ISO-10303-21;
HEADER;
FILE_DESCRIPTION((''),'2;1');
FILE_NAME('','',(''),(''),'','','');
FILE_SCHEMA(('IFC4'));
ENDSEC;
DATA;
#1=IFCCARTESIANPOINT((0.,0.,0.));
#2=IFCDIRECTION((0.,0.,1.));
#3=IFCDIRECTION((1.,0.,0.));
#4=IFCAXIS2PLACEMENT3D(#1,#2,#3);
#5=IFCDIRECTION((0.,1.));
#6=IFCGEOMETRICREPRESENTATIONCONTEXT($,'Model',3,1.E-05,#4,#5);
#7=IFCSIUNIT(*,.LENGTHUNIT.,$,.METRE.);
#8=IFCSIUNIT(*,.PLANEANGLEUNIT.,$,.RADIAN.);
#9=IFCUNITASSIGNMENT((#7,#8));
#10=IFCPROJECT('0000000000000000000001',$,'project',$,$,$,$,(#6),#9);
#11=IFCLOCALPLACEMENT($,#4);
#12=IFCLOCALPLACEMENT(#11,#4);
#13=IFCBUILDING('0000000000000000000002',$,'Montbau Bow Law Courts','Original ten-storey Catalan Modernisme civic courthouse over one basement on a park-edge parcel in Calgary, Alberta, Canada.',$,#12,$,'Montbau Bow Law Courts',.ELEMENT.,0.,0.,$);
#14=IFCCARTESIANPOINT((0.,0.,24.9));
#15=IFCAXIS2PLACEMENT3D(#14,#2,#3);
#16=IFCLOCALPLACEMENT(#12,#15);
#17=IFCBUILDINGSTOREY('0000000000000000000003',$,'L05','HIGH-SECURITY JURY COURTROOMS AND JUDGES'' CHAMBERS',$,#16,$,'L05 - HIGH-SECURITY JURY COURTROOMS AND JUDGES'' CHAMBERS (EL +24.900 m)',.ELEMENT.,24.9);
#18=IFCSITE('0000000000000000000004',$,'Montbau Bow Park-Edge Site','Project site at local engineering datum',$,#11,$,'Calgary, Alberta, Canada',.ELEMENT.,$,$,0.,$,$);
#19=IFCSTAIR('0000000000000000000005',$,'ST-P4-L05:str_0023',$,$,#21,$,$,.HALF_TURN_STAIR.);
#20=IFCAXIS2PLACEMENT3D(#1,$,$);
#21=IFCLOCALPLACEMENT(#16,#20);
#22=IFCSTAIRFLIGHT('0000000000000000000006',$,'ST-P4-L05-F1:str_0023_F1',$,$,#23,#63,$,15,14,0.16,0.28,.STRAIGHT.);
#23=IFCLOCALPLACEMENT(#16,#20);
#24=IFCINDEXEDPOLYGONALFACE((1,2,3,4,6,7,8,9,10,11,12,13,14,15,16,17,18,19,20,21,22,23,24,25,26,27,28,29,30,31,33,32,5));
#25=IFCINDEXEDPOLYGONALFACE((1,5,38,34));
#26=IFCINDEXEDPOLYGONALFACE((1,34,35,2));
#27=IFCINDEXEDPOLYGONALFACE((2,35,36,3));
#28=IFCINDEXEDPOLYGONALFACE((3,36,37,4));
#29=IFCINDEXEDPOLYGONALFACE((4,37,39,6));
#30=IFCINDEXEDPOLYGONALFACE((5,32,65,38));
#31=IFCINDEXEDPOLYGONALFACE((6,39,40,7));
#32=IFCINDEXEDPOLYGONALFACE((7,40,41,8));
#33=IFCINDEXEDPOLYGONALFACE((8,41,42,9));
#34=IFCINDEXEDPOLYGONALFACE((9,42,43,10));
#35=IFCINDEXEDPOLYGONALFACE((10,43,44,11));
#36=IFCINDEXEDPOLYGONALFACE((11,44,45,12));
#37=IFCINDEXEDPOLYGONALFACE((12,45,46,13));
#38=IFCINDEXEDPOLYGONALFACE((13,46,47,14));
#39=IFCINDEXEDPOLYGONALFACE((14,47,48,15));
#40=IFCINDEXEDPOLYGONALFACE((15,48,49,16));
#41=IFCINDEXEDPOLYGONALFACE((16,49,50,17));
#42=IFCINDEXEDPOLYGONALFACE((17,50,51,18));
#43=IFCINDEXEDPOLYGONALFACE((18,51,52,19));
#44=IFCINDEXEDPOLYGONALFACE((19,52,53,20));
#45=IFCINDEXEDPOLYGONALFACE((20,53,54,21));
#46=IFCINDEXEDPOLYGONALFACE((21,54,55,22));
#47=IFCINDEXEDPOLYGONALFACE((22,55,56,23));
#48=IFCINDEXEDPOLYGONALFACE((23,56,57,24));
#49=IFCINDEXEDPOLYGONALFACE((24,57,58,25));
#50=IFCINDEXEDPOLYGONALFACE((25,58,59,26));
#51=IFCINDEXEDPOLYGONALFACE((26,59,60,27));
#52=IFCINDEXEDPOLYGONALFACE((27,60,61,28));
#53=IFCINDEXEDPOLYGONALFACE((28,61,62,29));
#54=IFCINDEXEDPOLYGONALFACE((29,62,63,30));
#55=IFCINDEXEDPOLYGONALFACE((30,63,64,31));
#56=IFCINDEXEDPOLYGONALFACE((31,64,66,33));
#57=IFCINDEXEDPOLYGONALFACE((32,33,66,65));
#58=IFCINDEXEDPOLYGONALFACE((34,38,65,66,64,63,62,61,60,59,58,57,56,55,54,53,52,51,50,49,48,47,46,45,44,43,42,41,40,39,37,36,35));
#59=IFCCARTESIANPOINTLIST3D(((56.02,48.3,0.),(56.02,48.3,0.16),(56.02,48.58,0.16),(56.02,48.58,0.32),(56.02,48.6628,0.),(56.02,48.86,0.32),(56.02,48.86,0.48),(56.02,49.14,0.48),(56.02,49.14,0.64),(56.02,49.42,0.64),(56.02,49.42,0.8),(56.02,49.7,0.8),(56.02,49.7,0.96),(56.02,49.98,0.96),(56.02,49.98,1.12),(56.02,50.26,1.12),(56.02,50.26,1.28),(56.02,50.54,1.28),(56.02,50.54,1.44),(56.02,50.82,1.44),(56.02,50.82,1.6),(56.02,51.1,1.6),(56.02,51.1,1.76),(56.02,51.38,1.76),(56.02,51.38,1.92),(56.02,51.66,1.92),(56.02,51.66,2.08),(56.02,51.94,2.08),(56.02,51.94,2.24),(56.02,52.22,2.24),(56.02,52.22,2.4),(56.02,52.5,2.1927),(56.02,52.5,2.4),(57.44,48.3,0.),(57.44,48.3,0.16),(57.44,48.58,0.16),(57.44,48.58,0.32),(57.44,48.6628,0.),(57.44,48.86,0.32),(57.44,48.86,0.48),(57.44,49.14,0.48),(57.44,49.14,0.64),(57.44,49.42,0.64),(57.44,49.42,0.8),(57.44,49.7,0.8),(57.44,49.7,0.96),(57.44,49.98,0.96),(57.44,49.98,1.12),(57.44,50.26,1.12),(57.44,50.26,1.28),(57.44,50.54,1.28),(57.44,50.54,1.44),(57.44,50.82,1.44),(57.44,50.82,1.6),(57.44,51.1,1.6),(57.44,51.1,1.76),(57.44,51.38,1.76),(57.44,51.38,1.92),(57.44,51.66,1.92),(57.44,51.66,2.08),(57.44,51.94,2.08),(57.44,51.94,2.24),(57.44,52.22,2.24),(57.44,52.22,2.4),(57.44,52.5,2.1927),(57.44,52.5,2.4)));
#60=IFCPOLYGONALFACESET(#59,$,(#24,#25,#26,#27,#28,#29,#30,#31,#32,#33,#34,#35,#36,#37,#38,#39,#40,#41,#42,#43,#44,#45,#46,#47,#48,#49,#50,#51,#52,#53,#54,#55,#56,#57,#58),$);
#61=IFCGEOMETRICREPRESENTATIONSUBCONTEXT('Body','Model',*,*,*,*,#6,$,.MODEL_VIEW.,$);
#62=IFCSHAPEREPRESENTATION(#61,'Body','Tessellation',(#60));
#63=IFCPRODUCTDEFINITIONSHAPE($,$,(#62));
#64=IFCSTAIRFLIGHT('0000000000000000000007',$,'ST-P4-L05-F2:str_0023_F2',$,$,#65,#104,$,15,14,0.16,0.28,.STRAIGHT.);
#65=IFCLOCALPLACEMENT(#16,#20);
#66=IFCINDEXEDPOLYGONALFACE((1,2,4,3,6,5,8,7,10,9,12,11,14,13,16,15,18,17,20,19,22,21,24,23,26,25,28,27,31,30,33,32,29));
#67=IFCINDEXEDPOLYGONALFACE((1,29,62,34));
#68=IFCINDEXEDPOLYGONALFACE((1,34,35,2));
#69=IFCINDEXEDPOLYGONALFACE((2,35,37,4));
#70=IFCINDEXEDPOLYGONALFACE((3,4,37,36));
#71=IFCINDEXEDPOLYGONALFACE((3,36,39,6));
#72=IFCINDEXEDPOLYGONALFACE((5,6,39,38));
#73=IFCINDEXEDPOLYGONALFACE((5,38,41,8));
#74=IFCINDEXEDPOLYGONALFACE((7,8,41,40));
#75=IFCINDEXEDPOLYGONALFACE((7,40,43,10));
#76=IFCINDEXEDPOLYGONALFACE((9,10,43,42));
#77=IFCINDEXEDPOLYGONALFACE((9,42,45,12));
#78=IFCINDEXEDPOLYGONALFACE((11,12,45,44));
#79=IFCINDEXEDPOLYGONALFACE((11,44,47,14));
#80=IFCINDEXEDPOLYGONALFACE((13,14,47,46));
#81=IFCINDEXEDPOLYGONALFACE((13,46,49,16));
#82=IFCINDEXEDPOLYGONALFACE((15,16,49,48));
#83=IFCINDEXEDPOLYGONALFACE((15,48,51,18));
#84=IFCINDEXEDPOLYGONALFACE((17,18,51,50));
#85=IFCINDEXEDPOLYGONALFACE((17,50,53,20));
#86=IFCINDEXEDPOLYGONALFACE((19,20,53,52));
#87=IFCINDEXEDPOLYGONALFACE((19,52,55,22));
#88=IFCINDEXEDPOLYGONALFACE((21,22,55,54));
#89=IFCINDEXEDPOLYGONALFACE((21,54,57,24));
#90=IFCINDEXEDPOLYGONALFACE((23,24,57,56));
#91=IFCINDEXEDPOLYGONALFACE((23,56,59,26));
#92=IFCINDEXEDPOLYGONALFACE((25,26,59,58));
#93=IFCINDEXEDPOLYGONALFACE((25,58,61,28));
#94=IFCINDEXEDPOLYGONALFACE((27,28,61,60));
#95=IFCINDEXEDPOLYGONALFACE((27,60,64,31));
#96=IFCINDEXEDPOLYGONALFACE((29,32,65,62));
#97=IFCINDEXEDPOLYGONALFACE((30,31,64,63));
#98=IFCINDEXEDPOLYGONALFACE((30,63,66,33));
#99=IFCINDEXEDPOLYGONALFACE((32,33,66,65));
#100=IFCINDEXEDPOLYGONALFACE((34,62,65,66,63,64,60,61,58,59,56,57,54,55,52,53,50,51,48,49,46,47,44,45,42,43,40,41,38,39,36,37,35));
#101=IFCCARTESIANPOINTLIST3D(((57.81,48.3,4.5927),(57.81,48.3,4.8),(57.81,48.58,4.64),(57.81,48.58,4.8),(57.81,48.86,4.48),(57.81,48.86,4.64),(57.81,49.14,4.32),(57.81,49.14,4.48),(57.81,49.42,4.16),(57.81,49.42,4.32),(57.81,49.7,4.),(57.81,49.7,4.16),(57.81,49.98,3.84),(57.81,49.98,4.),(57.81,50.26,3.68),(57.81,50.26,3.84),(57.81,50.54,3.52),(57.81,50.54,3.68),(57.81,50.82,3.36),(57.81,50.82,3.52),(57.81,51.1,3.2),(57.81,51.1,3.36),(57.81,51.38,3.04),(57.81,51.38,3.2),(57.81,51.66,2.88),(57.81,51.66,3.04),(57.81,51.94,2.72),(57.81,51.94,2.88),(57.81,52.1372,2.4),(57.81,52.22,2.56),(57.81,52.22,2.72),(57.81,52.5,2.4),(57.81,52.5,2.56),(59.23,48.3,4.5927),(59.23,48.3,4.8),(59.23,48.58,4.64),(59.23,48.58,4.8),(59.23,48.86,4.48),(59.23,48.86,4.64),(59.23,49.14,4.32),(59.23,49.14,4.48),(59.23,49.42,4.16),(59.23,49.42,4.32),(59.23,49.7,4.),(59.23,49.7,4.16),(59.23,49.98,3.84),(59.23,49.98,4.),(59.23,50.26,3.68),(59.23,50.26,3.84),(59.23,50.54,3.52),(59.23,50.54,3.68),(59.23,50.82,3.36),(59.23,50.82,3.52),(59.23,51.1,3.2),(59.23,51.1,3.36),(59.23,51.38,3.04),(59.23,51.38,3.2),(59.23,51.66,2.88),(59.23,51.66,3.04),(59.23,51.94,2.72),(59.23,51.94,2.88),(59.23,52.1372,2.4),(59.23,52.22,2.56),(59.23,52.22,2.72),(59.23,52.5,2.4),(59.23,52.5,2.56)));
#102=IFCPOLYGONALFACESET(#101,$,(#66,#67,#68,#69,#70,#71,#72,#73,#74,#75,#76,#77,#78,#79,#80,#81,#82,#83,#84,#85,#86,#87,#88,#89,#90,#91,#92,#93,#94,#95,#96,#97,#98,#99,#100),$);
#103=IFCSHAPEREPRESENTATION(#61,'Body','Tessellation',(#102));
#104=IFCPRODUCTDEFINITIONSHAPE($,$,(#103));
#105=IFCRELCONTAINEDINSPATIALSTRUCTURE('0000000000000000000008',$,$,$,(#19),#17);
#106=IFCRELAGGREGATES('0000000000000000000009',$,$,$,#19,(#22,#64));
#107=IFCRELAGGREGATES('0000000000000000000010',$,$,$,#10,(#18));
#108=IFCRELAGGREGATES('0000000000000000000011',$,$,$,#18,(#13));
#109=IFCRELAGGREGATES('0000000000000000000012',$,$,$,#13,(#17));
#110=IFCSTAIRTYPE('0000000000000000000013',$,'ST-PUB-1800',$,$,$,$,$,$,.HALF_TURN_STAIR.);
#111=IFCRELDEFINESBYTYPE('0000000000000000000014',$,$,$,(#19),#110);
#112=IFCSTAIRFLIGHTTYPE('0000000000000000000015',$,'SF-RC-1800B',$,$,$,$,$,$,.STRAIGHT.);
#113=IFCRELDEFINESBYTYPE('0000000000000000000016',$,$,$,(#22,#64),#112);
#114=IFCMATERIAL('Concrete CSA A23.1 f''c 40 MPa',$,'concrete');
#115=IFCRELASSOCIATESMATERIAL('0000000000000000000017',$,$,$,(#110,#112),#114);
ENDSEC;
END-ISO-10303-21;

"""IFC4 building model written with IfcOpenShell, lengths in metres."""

from ifc_helpers import new_model, si_unit, direction, frame, origin_with_axes, place, context, subcontext, project, spatial, polyline, outline, extrude, material, type_object, element, aggregate, save


model = new_model("IFC4")

# Units and contexts
model_context = context("Model", 3, precision=1e-05, world=origin_with_axes(), true_north=direction((0.0, 1.0)))
body_context = subcontext(model_context, "Body", "Model", "MODEL_VIEW")
ifc_project = project(units=[si_unit("LENGTHUNIT", "METRE"), si_unit("PLANEANGLEUNIT", "RADIAN")], contexts=[model_context])

# Site, building, storey
site_placement = place(None, origin_with_axes())
site = spatial("IfcSite", under=ifc_project, at=site_placement, Name="Montbau Bow Park-Edge Site", Description="Project site at local engineering datum", LongName="Calgary, Alberta, Canada", CompositionType="ELEMENT", RefElevation=0.0)
building_placement = place(site_placement, origin_with_axes())
building = spatial("IfcBuilding", under=site, at=building_placement, Name="Montbau Bow Law Courts", Description="Original ten-storey Catalan Modernisme civic courthouse over one basement on a park-edge parcel in Calgary, Alberta, Canada.", LongName="Montbau Bow Law Courts", CompositionType="ELEMENT", ElevationOfRefHeight=0.0, ElevationOfTerrain=0.0)
storey_placement = place(building_placement, frame((0.0, 0.0, 24.9), z_axis=(0.0, 0.0, 1.0), x_axis=(1.0, 0.0, 0.0)))
storey = spatial("IfcBuildingStorey", under=building, at=storey_placement, Name="L05", Description="HIGH-SECURITY JURY COURTROOMS AND JUDGES' CHAMBERS", LongName="L05 - HIGH-SECURITY JURY COURTROOMS AND JUDGES' CHAMBERS (EL +24.900 m)", CompositionType="ELEMENT", Elevation=24.9)

# Stair, stair flights
ifc_material_1 = material(Name="Concrete CSA A23.1 f'c 40 MPa", Category="concrete")
stair_type = type_object("IfcStairType", Name="ST-PUB-1800", PredefinedType="HALF_TURN_STAIR", material=ifc_material_1)
stair_placement = place(None, frame((56.73, 48.3, 24.9), z_axis=(0.0, 0.0, 1.0), x_axis=(1.0, 0.0, 0.0)))
stair = element("IfcStair", 1, at=stair_placement, inside=storey, type_object=stair_type, Name="ST-P4-L05:str_0023", PredefinedType="HALF_TURN_STAIR")
stair_flight_type = type_object("IfcStairFlightType", Name="SF-RC-1800B", PredefinedType="STRAIGHT", material=ifc_material_1)
stair_flight_1_placement = place(None, frame((56.73, 48.3, 24.9), z_axis=(0.0, 0.0, 1.0), x_axis=(0.0, 1.0, 0.0)))
stair_flight_1 = element("IfcStairFlight", 2, at=stair_flight_1_placement, type_object=stair_flight_type, Name="ST-P4-L05-F1:str_0023_F1", NumberOfRisers=15, NumberOfTreads=14, PredefinedType="STRAIGHT", RiserHeight=0.16, TreadLength=0.28, context=body_context, shape_type="SweptSolid", body=[
    extrude(outline(polyline([(0.0, 0.0), (0.0, 0.16), (0.28, 0.16), (0.28, 0.32), (0.56, 0.32), (0.56, 0.48), (0.84, 0.48), (0.84, 0.64), (1.12, 0.64), (1.12, 0.8), (1.4, 0.8), (1.4, 0.96), (1.68, 0.96), (1.68, 1.12), (1.96, 1.12), (1.96, 1.28), (2.24, 1.28), (2.24, 1.44), (2.52, 1.44), (2.52, 1.6), (2.8, 1.6), (2.8, 1.76), (3.08, 1.76), (3.08, 1.92), (3.36, 1.92), (3.36, 2.08), (3.64, 2.08), (3.64, 2.24), (3.92, 2.24), (3.92, 2.4), (4.2, 2.4), (4.2, 2.1927), (0.3628, 0.0), (0.0, 0.0)])), frame((0.0, 0.71, 0.0), z_axis=(0.0, -1.0, 0.0), x_axis=(1.0, 0.0, 0.0)), (0.0, 0.0, 1.0), 1.42),
])
stair_flight_2_placement = place(None, frame((58.52, 52.5, 27.3), z_axis=(0.0, 0.0, 1.0), x_axis=(0.0, -1.0, 0.0)))
stair_flight_2 = element("IfcStairFlight", 3, at=stair_flight_2_placement, type_object=stair_flight_type, Name="ST-P4-L05-F2:str_0023_F2", NumberOfRisers=15, NumberOfTreads=14, PredefinedType="STRAIGHT", RiserHeight=0.16, TreadLength=0.28, context=body_context, shape_type="SweptSolid", body=[
    extrude(outline(polyline([(0.0, 0.0), (0.0, 0.16), (0.28, 0.16), (0.28, 0.32), (0.56, 0.32), (0.56, 0.48), (0.84, 0.48), (0.84, 0.64), (1.12, 0.64), (1.12, 0.8), (1.4, 0.8), (1.4, 0.96), (1.68, 0.96), (1.68, 1.12), (1.96, 1.12), (1.96, 1.28), (2.24, 1.28), (2.24, 1.44), (2.52, 1.44), (2.52, 1.6), (2.8, 1.6), (2.8, 1.76), (3.08, 1.76), (3.08, 1.92), (3.36, 1.92), (3.36, 2.08), (3.64, 2.08), (3.64, 2.24), (3.92, 2.24), (3.92, 2.4), (4.2, 2.4), (4.2, 2.1927), (0.3628, 0.0), (0.0, 0.0)])), frame((0.0, 0.71, 0.0), z_axis=(0.0, -1.0, 0.0), x_axis=(1.0, 0.0, 0.0)), (0.0, 0.0, 1.0), 1.42),
])
aggregate(stair, [stair_flight_1, stair_flight_2])

save(model, "model.ifc")
